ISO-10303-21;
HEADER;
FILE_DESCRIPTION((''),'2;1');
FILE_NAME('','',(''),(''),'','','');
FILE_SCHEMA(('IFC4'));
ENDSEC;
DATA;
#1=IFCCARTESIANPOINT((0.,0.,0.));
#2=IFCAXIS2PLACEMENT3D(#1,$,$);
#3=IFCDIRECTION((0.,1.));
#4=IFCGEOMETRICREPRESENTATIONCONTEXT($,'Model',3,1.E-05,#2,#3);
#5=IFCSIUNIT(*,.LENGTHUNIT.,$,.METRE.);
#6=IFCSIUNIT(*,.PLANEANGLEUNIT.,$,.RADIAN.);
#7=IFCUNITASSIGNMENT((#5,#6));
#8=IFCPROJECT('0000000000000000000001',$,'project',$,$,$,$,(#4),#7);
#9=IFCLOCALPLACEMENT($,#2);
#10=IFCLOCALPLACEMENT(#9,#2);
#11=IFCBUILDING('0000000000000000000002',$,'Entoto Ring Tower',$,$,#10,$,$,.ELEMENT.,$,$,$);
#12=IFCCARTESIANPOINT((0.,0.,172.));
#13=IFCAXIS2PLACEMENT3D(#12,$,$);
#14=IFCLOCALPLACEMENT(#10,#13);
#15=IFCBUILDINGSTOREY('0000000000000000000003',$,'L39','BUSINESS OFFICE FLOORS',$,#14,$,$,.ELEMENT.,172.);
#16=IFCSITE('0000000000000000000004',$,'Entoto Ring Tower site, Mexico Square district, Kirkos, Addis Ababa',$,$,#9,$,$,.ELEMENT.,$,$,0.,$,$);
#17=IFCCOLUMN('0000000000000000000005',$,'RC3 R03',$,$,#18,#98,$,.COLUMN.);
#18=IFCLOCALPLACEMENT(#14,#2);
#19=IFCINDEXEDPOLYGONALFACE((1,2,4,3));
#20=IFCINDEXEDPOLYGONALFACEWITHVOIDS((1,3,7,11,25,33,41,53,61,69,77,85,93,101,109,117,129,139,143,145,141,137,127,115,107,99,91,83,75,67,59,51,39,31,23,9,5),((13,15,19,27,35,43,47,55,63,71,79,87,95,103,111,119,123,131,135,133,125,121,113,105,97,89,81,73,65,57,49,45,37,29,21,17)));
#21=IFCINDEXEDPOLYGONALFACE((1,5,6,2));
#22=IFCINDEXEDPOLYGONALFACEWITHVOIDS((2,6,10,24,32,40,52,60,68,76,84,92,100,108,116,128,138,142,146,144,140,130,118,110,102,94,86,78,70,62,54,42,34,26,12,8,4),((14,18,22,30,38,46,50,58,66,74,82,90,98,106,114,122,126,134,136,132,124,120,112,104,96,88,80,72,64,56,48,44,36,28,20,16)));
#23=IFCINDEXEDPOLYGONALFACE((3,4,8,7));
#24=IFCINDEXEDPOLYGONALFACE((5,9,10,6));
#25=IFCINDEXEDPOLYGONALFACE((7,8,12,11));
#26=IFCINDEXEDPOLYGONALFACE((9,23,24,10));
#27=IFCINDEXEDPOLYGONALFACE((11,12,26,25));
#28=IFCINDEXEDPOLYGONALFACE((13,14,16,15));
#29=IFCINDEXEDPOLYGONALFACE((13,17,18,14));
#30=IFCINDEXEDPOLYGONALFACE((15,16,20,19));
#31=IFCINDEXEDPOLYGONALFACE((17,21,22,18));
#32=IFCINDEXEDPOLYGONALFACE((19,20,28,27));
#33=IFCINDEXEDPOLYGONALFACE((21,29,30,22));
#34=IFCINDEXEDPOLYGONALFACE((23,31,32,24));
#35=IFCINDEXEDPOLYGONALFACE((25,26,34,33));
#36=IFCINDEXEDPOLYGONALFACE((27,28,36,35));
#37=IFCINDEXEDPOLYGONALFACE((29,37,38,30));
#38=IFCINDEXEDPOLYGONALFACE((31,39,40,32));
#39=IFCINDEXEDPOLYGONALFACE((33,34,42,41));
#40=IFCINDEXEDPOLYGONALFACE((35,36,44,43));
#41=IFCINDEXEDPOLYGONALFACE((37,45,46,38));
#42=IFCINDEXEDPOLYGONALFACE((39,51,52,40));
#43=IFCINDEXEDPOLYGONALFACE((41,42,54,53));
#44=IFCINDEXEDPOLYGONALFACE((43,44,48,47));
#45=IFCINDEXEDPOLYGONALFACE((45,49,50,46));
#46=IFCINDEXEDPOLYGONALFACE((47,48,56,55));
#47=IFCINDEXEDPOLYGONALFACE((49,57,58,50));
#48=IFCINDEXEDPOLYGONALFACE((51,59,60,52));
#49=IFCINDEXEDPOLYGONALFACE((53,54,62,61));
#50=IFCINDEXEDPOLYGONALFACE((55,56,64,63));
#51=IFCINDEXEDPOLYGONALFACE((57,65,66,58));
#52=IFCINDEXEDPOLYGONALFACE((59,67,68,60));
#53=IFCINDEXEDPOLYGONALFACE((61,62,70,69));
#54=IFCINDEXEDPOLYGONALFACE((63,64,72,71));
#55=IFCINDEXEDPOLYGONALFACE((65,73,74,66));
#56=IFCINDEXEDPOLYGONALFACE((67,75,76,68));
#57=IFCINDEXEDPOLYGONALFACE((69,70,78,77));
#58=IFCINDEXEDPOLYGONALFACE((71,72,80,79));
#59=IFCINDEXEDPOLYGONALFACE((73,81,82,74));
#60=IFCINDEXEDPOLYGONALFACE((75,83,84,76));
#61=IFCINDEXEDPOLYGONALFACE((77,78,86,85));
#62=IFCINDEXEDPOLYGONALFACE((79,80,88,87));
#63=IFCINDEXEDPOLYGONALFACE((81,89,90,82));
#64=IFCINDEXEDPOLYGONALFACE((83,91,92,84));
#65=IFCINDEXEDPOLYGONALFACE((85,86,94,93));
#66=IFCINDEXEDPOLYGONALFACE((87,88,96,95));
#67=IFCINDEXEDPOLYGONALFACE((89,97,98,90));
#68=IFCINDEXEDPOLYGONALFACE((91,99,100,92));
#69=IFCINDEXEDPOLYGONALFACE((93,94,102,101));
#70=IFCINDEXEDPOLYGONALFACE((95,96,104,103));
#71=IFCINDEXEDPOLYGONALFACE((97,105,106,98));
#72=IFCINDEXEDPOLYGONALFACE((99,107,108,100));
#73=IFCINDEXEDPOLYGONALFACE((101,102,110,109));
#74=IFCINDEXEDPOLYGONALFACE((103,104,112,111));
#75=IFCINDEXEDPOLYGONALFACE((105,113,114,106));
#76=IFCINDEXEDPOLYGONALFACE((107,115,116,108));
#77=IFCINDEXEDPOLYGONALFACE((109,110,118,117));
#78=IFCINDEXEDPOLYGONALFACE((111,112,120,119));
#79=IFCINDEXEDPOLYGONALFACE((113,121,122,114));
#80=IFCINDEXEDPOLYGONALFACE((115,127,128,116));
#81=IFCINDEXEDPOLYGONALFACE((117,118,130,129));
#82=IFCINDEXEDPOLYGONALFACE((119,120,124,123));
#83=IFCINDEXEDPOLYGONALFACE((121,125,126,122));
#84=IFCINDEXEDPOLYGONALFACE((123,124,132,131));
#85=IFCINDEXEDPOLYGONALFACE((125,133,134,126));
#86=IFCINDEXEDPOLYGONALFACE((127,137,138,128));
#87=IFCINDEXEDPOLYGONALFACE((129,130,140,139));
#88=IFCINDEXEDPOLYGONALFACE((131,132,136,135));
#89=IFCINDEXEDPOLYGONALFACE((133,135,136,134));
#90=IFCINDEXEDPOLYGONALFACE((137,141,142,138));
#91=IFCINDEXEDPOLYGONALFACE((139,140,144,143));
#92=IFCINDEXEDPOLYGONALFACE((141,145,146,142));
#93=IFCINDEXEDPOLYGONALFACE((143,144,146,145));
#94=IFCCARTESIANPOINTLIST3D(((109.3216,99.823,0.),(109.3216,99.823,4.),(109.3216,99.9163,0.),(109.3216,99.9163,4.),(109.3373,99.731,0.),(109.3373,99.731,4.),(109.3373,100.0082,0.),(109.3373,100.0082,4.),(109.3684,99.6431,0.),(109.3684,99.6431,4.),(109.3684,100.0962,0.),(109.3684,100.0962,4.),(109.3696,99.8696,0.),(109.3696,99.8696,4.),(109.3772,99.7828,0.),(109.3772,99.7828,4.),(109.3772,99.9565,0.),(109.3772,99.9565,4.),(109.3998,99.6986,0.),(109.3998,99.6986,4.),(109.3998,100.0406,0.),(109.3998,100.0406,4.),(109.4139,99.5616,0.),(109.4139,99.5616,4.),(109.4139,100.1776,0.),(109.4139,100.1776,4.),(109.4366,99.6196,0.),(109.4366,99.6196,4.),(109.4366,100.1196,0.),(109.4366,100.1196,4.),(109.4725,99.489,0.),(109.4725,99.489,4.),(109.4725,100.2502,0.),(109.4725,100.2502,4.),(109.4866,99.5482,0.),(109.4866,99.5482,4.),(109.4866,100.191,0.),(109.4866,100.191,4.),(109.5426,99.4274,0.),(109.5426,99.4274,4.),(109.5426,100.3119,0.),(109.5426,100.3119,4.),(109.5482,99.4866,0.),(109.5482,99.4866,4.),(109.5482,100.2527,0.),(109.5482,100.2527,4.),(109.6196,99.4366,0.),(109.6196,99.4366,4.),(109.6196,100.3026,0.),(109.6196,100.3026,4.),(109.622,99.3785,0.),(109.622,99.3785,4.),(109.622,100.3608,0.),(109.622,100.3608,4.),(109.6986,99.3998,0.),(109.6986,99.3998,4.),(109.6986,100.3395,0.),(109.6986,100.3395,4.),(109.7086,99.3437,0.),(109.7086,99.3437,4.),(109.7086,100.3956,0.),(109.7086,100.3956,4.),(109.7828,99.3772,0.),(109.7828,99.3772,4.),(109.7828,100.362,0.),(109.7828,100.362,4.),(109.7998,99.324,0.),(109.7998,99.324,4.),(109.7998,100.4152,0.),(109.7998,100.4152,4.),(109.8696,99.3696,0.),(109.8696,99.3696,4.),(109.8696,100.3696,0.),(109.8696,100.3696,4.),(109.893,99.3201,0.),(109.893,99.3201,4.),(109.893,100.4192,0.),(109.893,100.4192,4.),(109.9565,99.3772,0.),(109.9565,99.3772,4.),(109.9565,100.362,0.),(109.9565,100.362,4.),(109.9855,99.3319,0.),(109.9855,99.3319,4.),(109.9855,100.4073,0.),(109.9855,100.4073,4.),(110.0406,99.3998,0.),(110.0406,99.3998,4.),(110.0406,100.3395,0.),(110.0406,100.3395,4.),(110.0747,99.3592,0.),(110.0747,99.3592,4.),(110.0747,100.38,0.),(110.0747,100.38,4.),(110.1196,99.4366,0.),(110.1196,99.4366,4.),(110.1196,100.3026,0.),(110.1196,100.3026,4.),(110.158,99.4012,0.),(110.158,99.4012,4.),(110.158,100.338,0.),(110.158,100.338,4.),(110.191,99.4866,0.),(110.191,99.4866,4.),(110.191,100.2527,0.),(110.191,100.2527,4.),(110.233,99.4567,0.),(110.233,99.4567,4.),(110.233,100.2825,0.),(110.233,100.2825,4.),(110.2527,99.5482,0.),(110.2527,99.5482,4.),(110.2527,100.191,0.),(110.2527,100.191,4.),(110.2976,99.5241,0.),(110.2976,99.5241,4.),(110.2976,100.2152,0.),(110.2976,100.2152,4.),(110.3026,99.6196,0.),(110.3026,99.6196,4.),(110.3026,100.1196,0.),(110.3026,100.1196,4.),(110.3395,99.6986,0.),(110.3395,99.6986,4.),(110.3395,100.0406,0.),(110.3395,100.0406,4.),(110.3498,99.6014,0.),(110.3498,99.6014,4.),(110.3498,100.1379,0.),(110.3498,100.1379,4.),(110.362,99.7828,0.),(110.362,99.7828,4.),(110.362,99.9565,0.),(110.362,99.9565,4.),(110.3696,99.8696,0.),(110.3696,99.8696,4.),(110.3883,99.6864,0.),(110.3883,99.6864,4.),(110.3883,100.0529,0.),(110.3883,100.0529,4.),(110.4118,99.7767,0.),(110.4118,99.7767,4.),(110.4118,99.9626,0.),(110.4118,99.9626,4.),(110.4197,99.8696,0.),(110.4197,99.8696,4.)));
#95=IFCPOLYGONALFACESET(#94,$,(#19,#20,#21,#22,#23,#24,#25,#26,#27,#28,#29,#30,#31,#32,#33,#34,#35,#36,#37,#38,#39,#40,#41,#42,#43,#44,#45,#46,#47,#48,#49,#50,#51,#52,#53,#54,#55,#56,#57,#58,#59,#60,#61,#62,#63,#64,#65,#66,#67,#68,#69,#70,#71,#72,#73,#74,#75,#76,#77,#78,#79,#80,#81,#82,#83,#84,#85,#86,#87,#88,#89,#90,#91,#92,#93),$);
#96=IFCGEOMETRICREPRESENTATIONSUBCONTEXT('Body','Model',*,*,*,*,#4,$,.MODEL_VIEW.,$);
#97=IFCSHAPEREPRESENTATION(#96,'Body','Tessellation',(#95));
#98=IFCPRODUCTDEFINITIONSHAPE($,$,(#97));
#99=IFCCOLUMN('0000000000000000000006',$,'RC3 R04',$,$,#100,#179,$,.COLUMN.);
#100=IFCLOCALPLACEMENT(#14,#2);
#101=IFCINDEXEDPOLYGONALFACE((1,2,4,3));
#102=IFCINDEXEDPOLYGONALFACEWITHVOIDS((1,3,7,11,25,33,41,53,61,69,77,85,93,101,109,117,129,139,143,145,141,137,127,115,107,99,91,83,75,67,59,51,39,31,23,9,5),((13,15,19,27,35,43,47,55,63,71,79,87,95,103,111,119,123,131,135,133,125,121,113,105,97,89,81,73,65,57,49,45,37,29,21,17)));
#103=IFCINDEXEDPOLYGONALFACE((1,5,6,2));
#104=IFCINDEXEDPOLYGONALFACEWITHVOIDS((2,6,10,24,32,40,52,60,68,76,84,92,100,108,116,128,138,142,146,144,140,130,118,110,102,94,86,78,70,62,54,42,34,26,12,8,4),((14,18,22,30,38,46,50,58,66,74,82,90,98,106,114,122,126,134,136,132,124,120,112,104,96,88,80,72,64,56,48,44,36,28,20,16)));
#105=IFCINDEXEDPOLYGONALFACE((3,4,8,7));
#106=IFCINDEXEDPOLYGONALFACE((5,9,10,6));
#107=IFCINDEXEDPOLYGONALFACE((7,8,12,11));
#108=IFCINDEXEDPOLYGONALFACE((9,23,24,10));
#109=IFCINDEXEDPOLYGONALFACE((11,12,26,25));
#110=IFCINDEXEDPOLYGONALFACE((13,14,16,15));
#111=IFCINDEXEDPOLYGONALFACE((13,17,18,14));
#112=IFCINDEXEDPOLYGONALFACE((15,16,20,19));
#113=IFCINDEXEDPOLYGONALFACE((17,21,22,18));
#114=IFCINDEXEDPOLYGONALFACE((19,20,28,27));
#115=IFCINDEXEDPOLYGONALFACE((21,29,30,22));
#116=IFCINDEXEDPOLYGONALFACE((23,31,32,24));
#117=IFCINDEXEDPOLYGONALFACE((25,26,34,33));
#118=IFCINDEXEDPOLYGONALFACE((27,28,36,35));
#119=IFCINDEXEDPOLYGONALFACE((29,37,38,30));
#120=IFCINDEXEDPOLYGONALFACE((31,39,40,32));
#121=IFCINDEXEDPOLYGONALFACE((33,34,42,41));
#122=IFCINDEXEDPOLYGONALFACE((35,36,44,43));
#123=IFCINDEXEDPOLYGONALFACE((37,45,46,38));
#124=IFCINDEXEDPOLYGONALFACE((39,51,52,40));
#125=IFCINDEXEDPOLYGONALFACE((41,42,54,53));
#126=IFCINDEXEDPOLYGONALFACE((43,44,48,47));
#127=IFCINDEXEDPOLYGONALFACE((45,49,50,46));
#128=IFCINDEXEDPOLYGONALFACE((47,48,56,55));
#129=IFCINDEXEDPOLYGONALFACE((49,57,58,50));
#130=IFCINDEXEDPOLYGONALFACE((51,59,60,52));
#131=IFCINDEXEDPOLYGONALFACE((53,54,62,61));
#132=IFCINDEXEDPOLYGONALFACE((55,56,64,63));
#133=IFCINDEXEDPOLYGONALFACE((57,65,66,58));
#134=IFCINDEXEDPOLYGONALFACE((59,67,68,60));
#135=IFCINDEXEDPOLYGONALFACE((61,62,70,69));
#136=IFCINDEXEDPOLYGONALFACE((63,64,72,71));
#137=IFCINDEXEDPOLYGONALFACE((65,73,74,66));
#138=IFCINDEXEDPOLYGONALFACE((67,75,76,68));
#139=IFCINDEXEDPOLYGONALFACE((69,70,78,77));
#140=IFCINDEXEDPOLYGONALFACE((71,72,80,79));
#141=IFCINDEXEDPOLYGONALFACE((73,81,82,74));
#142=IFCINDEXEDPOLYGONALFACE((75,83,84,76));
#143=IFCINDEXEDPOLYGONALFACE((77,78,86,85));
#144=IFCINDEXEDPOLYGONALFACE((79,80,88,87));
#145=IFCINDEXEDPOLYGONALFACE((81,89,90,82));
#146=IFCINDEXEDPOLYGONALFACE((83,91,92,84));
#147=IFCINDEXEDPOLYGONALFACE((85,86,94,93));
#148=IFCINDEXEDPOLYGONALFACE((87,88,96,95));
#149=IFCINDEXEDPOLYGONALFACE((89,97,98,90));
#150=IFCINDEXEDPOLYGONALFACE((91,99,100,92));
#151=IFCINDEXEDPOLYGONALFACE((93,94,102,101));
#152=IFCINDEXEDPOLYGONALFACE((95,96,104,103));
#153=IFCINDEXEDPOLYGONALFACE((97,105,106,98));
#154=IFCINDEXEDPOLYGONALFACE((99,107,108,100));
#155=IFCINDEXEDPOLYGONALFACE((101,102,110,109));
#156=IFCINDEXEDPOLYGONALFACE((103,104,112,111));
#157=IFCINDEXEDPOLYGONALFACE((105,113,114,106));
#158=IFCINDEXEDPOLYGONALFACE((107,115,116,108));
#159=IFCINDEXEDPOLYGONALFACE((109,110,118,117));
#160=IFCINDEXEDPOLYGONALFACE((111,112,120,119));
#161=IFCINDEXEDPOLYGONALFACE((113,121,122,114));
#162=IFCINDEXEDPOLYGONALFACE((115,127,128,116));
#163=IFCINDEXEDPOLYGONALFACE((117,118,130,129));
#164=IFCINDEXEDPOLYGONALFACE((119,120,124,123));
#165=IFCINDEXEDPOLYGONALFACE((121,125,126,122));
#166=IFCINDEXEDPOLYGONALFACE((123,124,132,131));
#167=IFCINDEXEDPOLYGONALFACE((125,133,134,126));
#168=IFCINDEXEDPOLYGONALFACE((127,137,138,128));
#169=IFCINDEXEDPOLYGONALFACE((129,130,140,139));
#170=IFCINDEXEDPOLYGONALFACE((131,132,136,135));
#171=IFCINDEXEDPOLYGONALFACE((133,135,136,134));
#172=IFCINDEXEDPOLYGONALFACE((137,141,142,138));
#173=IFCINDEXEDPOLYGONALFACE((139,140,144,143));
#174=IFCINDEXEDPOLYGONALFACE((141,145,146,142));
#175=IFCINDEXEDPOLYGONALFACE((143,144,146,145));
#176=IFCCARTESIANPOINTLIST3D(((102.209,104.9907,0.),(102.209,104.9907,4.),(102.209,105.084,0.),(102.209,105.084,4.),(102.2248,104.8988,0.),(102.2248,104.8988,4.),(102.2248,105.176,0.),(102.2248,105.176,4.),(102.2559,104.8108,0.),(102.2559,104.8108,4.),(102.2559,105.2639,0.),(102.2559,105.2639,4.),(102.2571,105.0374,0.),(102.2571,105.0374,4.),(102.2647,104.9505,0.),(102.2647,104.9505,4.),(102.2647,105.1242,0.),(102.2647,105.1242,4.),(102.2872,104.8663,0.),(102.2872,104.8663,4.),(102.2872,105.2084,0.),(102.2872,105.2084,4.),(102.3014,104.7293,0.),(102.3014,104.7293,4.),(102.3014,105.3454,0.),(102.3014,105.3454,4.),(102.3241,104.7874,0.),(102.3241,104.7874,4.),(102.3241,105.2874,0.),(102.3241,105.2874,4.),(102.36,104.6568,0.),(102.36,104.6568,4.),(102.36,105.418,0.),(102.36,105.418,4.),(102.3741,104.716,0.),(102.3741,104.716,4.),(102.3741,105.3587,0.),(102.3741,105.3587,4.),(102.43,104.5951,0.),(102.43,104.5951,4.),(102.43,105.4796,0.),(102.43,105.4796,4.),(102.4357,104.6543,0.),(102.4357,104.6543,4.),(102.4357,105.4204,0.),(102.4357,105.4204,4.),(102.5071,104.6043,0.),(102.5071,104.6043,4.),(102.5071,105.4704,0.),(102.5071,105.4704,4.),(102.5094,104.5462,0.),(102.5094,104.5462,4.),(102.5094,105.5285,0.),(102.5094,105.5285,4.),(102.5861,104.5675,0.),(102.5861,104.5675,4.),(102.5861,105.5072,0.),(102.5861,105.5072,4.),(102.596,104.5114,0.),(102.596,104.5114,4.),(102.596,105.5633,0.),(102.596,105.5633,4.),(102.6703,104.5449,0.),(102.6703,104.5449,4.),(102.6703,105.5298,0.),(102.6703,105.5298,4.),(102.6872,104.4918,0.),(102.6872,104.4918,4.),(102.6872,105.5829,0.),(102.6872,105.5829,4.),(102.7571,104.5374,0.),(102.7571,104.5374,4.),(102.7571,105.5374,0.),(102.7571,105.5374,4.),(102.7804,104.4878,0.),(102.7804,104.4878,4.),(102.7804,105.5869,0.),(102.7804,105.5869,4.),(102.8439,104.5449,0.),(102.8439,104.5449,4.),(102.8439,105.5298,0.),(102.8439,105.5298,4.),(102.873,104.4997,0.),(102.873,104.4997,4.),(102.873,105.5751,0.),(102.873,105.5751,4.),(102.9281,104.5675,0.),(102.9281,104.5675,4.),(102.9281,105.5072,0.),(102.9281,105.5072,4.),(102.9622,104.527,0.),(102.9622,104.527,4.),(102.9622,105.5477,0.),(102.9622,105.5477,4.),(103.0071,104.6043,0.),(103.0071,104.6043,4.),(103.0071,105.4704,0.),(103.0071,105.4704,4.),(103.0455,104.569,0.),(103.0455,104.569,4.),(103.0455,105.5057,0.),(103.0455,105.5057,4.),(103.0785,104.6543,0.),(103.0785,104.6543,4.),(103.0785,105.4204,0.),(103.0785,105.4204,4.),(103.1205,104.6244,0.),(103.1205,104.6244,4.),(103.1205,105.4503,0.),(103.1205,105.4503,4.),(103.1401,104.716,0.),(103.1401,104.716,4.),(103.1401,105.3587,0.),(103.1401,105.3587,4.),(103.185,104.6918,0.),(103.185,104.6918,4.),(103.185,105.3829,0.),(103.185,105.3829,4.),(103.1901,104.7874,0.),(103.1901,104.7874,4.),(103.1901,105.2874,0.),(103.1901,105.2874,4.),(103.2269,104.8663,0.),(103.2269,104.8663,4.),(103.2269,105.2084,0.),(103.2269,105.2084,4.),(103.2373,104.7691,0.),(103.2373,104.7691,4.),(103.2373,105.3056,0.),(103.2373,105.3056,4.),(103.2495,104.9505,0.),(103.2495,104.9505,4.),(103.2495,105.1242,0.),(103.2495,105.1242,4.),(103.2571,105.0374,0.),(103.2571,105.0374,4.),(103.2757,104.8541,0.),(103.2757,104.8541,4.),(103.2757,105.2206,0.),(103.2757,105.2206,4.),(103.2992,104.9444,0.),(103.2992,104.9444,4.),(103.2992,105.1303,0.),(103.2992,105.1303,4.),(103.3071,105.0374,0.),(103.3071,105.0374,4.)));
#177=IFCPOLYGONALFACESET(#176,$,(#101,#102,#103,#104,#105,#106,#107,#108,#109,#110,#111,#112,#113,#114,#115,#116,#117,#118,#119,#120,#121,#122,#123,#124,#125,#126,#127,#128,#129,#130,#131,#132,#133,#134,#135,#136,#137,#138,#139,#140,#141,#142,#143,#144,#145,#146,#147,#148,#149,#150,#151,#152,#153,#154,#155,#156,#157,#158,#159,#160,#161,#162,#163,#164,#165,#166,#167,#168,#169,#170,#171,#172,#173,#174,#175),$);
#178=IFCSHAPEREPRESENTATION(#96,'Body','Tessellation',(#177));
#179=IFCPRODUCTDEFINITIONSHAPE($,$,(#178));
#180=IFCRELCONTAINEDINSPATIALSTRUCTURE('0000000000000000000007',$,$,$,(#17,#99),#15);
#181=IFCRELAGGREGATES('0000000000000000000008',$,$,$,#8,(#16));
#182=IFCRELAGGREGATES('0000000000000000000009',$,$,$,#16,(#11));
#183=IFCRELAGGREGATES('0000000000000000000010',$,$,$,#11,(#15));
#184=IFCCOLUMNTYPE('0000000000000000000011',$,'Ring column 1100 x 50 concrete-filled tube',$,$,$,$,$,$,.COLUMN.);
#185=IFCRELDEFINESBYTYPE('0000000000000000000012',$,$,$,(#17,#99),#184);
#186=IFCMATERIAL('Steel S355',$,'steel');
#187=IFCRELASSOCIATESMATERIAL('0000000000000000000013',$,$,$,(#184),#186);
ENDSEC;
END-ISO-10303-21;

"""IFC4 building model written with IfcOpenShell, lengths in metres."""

from ifc_helpers import new_model, si_unit, direction, frame, origin, origin_2d, place, context, subcontext, project, spatial, circle, hollow_circle, extrude, material, material_profile, profile_set, type_object, element, save


model = new_model("IFC4")

# Units and contexts
model_context = context("Model", 3, precision=1e-05, world=origin(), true_north=direction((0.0, 1.0)))
body_context = subcontext(model_context, "Body", "Model", "MODEL_VIEW")
ifc_project = project(units=[si_unit("LENGTHUNIT", "METRE"), si_unit("PLANEANGLEUNIT", "RADIAN")], contexts=[model_context])

# Site, building, storey
site_placement = place(None, origin())
site = spatial("IfcSite", under=ifc_project, at=site_placement, Name="Entoto Ring Tower site, Mexico Square district, Kirkos, Addis Ababa", CompositionType="ELEMENT", RefElevation=0.0)
building_placement = place(site_placement, origin())
building = spatial("IfcBuilding", under=site, at=building_placement, Name="Entoto Ring Tower", CompositionType="ELEMENT")
storey_placement = place(building_placement, frame((0.0, 0.0, 172.0)))
storey = spatial("IfcBuildingStorey", under=building, at=storey_placement, Name="L39", Description="BUSINESS OFFICE FLOORS", CompositionType="ELEMENT", Elevation=172.0)

# Columns
ifc_material_1 = material(Name="Steel S355", Category="steel")
ifc_material_profile_1 = material_profile(ifc_material_1, hollow_circle(Radius=0.55, WallThickness=0.05, at=origin_2d()), Name="CHS 1100 x 50")
ifc_material_2 = material(Name="Concrete C60/75", Category="concrete")
ifc_material_profile_2 = material_profile(ifc_material_2, circle(Radius=0.5, at=origin_2d()), Name="Concrete C60/75 infill")
ifc_profile_set_1 = profile_set([ifc_material_profile_1, ifc_material_profile_2], Name="Steel S355")
column_type = type_object("IfcColumnType", Name="Ring column 1100 x 50 concrete-filled tube", PredefinedType="COLUMN", material=ifc_profile_set_1)
for number, where, z_axis, x_axis, name in (
    (1, (109.8696, 99.8696, 0.0), (0.0, 0.0, 1.0), (1.0, 0.0, 0.0), "RC3 R03"),
    (2, (102.7571, 105.0374, 0.0), (0.0, 0.0, 1.0), (1.0, 0.0, 0.0), "RC3 R04"),
):
    element("IfcColumn", number, at=place(storey_placement, frame(where, z_axis=z_axis, x_axis=x_axis)), inside=storey, type_object=column_type, Name=name, PredefinedType="COLUMN", context=body_context, shape_type="SweptSolid", body=[
        extrude(hollow_circle(Radius=0.55, WallThickness=0.05, at=origin_2d()), origin(), (0.0, 0.0, 1.0), 4.0),
    ])

save(model, "model.ifc")
